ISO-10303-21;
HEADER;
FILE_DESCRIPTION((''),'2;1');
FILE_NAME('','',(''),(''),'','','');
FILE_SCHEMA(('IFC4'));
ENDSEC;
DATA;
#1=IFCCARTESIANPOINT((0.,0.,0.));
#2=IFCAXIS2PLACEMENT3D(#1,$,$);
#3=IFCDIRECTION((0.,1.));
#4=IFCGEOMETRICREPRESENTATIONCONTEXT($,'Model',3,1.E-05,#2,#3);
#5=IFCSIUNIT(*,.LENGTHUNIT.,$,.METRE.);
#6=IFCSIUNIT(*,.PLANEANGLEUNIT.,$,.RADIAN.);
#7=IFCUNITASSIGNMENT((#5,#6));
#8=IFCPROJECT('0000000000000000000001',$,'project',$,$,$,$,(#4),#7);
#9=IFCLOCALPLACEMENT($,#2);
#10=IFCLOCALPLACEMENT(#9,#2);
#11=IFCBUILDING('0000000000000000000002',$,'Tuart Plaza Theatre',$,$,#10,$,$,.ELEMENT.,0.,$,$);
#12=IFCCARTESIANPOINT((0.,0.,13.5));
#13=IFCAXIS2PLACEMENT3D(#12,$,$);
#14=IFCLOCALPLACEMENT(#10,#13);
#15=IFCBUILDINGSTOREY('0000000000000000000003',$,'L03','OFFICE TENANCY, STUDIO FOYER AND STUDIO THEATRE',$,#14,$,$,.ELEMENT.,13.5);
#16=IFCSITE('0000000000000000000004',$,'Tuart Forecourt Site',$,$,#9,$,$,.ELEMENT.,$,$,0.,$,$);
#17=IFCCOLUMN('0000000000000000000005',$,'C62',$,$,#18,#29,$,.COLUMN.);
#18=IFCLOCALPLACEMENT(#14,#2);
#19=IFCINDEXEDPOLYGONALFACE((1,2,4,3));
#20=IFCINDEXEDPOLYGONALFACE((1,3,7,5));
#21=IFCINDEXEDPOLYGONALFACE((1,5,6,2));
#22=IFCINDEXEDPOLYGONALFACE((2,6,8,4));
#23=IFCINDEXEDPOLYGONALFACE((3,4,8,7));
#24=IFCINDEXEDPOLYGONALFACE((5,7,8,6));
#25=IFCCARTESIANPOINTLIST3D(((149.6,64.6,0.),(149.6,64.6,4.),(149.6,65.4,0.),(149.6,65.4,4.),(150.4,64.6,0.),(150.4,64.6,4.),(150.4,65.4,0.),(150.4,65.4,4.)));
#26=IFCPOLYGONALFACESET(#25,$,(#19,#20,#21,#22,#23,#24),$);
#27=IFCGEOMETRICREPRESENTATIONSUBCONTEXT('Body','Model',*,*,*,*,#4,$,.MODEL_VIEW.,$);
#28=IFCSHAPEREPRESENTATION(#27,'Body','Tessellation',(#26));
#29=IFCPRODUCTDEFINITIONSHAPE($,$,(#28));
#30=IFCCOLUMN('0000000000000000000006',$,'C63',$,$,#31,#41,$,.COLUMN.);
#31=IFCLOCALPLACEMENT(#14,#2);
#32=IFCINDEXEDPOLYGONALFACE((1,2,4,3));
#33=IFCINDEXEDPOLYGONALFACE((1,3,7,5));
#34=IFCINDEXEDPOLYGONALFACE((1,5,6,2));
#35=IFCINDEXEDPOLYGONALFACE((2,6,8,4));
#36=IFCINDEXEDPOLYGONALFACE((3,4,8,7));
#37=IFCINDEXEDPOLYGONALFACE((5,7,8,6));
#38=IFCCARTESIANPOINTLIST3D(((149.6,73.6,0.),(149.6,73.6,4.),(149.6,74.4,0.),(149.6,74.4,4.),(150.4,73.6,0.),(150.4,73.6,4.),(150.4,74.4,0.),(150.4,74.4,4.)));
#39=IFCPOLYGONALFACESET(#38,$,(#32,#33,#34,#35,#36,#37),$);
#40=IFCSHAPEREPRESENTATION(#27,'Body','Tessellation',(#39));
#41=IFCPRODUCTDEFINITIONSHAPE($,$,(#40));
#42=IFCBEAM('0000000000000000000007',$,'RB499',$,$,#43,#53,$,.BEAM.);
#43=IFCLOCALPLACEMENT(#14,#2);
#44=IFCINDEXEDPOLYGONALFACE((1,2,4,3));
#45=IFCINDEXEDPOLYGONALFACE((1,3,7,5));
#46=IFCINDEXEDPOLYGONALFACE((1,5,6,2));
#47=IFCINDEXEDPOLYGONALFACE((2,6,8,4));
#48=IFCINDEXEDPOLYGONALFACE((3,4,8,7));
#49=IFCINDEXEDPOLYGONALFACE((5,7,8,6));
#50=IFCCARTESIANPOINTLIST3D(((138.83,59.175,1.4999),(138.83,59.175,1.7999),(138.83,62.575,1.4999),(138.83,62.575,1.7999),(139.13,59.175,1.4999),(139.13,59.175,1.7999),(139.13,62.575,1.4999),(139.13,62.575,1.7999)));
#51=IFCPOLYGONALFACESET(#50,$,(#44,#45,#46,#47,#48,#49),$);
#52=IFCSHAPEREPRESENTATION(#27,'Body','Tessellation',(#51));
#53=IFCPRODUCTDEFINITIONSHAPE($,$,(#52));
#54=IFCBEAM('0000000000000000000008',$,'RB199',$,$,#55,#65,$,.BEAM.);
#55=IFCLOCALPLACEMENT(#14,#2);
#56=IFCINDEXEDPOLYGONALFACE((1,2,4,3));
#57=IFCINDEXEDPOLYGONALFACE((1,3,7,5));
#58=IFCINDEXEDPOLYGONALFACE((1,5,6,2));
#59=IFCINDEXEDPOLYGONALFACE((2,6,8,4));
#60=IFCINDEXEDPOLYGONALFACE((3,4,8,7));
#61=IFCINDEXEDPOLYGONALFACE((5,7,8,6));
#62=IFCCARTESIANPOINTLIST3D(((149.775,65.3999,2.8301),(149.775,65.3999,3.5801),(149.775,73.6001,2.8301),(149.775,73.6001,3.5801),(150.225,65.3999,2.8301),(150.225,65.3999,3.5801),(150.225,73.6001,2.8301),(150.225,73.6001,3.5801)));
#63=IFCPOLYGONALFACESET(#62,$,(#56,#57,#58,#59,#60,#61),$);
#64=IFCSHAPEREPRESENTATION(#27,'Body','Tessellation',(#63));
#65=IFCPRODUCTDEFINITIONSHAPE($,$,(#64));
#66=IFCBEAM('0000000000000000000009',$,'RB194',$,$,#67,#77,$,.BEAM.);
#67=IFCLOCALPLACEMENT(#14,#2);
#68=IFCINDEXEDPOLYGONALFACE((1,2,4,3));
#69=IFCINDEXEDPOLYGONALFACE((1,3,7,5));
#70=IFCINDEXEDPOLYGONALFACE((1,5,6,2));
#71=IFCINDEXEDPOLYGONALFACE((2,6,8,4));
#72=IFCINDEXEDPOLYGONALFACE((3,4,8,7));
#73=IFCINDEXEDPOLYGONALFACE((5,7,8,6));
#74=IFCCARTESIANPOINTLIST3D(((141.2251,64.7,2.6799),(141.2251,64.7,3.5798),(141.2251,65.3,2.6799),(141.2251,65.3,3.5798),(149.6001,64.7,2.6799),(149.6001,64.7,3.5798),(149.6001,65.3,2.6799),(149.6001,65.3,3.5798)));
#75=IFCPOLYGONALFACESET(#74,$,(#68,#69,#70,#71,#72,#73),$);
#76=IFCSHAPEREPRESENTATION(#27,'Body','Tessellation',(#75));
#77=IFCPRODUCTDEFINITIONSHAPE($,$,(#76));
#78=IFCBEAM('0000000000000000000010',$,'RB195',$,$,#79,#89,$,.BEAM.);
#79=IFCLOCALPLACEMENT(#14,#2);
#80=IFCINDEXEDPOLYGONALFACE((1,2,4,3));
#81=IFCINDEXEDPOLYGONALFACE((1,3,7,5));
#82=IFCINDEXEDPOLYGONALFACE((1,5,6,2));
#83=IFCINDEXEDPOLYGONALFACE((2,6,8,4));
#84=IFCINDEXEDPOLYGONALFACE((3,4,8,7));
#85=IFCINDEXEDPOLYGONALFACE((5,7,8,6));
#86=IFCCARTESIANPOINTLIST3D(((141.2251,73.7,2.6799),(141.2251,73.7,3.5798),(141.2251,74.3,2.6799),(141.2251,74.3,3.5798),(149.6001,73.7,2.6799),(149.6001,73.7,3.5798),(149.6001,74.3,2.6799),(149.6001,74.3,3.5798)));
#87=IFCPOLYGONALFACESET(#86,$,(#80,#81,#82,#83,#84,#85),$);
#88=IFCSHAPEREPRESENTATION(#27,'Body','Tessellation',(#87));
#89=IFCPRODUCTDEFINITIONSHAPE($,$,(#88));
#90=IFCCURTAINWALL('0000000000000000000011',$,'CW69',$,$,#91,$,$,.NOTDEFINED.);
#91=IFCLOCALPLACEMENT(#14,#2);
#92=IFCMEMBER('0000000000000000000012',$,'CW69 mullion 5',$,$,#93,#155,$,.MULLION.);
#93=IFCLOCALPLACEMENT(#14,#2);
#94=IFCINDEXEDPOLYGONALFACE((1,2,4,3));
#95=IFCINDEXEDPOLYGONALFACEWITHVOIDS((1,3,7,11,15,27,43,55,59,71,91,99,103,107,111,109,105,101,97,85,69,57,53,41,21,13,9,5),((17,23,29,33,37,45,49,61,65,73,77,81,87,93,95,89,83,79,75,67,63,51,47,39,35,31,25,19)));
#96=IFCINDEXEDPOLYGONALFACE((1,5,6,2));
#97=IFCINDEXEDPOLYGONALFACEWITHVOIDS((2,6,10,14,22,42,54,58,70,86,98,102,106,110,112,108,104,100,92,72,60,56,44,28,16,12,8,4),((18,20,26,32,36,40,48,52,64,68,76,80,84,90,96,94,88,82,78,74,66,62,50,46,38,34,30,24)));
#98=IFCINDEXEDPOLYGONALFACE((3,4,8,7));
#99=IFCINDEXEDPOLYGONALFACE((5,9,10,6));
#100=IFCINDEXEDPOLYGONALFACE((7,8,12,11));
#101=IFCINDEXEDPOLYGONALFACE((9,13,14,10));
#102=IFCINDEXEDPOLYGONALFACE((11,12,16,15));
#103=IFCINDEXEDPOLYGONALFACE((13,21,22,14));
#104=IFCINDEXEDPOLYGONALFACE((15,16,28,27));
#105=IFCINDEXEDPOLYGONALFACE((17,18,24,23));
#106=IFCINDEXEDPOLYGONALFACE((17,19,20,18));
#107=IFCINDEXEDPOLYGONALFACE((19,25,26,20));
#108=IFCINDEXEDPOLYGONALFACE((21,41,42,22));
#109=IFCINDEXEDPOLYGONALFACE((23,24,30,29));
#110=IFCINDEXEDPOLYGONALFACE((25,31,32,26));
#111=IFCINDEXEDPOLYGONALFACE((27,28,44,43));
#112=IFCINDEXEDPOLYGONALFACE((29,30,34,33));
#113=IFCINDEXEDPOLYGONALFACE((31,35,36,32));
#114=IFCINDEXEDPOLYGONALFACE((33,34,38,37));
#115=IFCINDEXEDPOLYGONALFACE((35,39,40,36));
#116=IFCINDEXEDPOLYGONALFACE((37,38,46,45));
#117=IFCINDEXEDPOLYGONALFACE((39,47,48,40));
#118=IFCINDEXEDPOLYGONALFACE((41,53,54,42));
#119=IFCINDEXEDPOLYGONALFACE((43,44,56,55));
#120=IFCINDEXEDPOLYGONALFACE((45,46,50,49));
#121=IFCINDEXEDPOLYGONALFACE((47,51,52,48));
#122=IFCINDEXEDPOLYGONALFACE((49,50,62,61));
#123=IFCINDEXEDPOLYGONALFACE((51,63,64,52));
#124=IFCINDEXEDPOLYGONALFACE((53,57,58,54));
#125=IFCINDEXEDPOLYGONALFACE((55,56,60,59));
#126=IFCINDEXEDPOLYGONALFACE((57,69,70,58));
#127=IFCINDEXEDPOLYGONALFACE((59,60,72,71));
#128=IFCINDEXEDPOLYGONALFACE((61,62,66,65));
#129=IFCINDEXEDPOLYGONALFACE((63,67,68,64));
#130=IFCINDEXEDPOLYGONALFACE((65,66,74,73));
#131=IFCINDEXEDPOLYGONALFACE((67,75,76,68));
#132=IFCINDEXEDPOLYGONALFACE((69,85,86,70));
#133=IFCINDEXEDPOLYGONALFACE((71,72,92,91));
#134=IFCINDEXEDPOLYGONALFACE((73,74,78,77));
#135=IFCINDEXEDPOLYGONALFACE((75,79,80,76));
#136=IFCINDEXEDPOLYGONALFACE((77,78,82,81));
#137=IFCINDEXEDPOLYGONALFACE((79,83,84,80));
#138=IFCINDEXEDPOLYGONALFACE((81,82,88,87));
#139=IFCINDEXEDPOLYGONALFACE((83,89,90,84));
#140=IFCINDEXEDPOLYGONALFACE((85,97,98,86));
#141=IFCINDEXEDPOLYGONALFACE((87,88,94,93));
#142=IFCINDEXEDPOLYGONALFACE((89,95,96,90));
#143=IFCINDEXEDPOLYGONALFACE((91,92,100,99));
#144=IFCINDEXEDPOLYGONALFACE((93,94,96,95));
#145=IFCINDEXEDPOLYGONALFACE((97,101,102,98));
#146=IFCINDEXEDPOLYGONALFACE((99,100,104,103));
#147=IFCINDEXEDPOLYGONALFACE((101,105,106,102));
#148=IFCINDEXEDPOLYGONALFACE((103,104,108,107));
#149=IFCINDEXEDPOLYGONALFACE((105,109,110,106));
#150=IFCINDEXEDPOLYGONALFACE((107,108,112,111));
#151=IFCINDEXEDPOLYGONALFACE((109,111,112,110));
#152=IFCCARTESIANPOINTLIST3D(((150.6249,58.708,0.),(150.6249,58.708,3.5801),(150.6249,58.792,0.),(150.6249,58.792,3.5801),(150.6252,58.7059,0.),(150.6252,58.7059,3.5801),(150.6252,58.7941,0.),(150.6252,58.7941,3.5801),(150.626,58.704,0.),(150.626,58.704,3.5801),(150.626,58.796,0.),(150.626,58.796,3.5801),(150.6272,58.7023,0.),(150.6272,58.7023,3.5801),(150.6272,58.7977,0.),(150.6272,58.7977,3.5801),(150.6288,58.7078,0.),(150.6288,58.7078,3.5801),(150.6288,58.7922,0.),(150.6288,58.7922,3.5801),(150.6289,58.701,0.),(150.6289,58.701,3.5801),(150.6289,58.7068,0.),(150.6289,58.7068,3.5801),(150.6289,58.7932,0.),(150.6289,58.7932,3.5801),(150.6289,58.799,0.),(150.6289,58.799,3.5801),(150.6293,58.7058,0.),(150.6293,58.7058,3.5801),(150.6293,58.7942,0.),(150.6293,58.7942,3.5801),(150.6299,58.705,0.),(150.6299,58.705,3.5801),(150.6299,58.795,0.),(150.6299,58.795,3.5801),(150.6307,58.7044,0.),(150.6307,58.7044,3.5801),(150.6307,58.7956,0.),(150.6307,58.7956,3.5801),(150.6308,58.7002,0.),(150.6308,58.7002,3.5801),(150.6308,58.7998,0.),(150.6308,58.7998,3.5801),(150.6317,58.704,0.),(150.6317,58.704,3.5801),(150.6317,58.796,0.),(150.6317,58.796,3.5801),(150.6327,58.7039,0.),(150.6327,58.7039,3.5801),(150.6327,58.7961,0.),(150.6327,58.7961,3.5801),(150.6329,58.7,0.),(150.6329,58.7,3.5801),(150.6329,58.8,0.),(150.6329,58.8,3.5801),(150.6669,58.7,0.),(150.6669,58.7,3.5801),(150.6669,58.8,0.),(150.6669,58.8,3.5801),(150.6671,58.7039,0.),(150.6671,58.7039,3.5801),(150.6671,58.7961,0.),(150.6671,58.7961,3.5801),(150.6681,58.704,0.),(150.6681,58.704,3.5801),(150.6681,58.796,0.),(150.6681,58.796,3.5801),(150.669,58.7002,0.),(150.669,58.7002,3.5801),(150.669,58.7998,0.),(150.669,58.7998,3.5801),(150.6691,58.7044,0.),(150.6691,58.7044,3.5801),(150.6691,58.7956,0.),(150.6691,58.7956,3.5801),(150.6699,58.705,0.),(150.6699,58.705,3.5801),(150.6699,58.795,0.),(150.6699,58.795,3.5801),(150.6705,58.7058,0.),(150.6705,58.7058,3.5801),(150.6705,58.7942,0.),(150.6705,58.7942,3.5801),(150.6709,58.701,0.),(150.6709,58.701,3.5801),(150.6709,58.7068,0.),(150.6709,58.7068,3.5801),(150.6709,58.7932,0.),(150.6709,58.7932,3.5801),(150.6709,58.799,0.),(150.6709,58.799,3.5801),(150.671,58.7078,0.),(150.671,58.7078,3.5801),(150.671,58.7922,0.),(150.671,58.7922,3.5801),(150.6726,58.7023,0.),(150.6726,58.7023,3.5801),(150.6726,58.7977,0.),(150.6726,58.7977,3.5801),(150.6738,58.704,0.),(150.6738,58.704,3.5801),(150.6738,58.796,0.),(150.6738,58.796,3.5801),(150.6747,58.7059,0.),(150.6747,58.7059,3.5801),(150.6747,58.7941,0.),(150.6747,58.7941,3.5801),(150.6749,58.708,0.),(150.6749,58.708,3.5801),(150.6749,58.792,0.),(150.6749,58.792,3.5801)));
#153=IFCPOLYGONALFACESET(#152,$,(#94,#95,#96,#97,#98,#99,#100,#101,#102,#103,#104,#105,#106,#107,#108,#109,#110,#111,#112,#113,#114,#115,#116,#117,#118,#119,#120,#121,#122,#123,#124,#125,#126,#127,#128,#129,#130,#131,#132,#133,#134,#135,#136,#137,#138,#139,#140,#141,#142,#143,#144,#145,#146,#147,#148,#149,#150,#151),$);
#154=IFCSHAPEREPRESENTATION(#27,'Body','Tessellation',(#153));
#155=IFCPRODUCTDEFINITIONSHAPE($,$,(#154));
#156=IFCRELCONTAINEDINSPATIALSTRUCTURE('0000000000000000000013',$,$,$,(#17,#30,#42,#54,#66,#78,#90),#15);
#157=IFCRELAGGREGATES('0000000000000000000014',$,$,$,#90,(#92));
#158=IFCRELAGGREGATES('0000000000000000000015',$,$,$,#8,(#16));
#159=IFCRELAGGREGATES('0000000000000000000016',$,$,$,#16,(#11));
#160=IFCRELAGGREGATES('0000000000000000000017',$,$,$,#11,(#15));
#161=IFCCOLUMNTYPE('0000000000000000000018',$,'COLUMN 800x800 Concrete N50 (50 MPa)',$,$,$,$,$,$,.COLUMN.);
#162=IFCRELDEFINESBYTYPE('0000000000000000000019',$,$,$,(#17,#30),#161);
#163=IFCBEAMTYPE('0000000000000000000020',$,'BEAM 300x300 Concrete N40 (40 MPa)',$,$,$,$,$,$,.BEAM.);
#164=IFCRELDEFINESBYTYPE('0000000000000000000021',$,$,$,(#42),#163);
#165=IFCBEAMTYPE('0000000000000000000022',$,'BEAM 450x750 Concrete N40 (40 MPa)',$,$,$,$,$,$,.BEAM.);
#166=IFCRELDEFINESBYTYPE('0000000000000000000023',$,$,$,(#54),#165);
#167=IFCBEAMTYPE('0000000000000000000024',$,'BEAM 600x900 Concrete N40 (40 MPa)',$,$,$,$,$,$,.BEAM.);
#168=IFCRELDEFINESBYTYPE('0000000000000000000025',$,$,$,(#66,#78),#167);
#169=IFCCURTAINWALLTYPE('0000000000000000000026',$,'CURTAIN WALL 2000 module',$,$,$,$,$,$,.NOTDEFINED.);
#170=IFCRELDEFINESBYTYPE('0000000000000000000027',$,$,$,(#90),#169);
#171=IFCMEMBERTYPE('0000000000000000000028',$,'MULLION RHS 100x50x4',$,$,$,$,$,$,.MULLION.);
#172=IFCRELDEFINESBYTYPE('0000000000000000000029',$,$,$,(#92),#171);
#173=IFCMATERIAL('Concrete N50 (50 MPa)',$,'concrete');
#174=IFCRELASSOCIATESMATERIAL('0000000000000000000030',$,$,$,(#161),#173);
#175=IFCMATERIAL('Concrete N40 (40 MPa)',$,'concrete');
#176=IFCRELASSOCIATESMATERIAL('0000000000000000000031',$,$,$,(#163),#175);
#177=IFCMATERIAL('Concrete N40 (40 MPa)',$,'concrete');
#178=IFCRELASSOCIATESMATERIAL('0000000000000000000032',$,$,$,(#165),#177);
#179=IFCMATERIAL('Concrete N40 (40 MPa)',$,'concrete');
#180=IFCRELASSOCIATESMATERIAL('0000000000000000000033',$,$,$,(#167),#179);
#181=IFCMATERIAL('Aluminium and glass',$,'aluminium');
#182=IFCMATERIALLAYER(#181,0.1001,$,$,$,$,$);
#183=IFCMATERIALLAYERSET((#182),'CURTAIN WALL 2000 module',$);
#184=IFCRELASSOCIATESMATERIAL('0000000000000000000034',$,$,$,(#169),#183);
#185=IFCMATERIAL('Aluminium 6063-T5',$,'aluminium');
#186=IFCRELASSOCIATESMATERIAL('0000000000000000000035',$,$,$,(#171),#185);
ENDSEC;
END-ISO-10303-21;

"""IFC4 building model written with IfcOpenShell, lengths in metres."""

from ifc_helpers import new_model, si_unit, direction, frame, origin, origin_2d, place, context, subcontext, project, spatial, rectangle, hollow_rectangle, extrude, material, layer, layer_set, material_profile, profile_set, type_object, element, aggregate, save


model = new_model("IFC4")

# Units and contexts
model_context = context("Model", 3, precision=1e-05, world=origin(), true_north=direction((0.0, 1.0)))
body_context = subcontext(model_context, "Body", "Model", "MODEL_VIEW")
ifc_project = project(units=[si_unit("LENGTHUNIT", "METRE"), si_unit("PLANEANGLEUNIT", "RADIAN")], contexts=[model_context])

# Site, building, storey
site_placement = place(None, origin())
site = spatial("IfcSite", under=ifc_project, at=site_placement, Name="Tuart Forecourt Site", CompositionType="ELEMENT", RefElevation=0.0)
building_placement = place(site_placement, origin())
building = spatial("IfcBuilding", under=site, at=building_placement, Name="Tuart Plaza Theatre", CompositionType="ELEMENT", ElevationOfRefHeight=0.0)
storey_placement = place(building_placement, frame((0.0, 0.0, 13.5)))
storey = spatial("IfcBuildingStorey", under=building, at=storey_placement, Name="L03", Description="OFFICE TENANCY, STUDIO FOYER AND STUDIO THEATRE", CompositionType="ELEMENT", Elevation=13.5)

# Columns
ifc_material_1 = material(Name="Concrete N50 (50 MPa)", Category="concrete")
ifc_material_profile_1 = material_profile(ifc_material_1, rectangle(XDim=0.8, YDim=0.8, at=origin_2d()), Name="COLUMN 800x800 Concrete N50 (50 MPa)")
ifc_profile_set_1 = profile_set([ifc_material_profile_1], Name="Concrete N50 (50 MPa)")
column_type = type_object("IfcColumnType", Name="COLUMN 800x800 Concrete N50 (50 MPa)", PredefinedType="COLUMN", material=ifc_profile_set_1)
for number, where, z_axis, x_axis, name in (
    (1, (150.0, 65.0, 0.0), (0.0, 0.0, 1.0), (1.0, 0.0, 0.0), "C62"),
    (2, (150.0, 74.0, 0.0), (0.0, 0.0, 1.0), (1.0, 0.0, 0.0), "C63"),
):
    element("IfcColumn", number, at=place(storey_placement, frame(where, z_axis=z_axis, x_axis=x_axis)), inside=storey, type_object=column_type, Name=name, PredefinedType="COLUMN", context=body_context, shape_type="SweptSolid", body=[
        extrude(rectangle(XDim=0.8, YDim=0.8, at=origin_2d()), origin(), (0.0, 0.0, 1.0), 4.0),
    ])

# Beams
ifc_material_2 = material(Name="Concrete N40 (40 MPa)", Category="concrete")
ifc_material_profile_2 = material_profile(ifc_material_2, rectangle(XDim=0.3, YDim=0.3, at=origin_2d()), Name="BEAM 300x300 Concrete N40 (40 MPa)")
ifc_profile_set_2 = profile_set([ifc_material_profile_2], Name="Concrete N40 (40 MPa)")
beam_type_1 = type_object("IfcBeamType", Name="BEAM 300x300 Concrete N40 (40 MPa)", PredefinedType="BEAM", material=ifc_profile_set_2)
beam_1_placement = place(storey_placement, frame((138.98, 59.175, 1.6499), z_axis=(0.0, 1.0, 0.0), x_axis=(-1.0, 0.0, 0.0)))
element("IfcBeam", 3, at=beam_1_placement, inside=storey, type_object=beam_type_1, Name="RB499", PredefinedType="BEAM", context=body_context, shape_type="SweptSolid", body=[
    extrude(rectangle(XDim=0.3, YDim=0.3, at=origin_2d()), origin(), (0.0, 0.0, 1.0), 3.3999),
])
ifc_material_3 = material(Name="Concrete N40 (40 MPa)", Category="concrete")
ifc_material_profile_3 = material_profile(ifc_material_3, rectangle(XDim=0.45, YDim=0.75, at=origin_2d()), Name="BEAM 450x750 Concrete N40 (40 MPa)")
ifc_profile_set_3 = profile_set([ifc_material_profile_3], Name="Concrete N40 (40 MPa)")
beam_type_2 = type_object("IfcBeamType", Name="BEAM 450x750 Concrete N40 (40 MPa)", PredefinedType="BEAM", material=ifc_profile_set_3)
beam_2_placement = place(storey_placement, frame((150.0, 65.3999, 3.2051), z_axis=(0.0, 1.0, 0.0), x_axis=(-1.0, 0.0, 0.0)))
element("IfcBeam", 4, at=beam_2_placement, inside=storey, type_object=beam_type_2, Name="RB199", PredefinedType="BEAM", context=body_context, shape_type="SweptSolid", body=[
    extrude(rectangle(XDim=0.45, YDim=0.75, at=origin_2d()), origin(), (0.0, 0.0, 1.0), 8.2002),
])
ifc_material_4 = material(Name="Concrete N40 (40 MPa)", Category="concrete")
ifc_material_profile_4 = material_profile(ifc_material_4, rectangle(XDim=0.6001, YDim=0.8999, at=origin_2d()), Name="BEAM 600x900 Concrete N40 (40 MPa)")
ifc_profile_set_4 = profile_set([ifc_material_profile_4], Name="Concrete N40 (40 MPa)")
beam_type_3 = type_object("IfcBeamType", Name="BEAM 600x900 Concrete N40 (40 MPa)", PredefinedType="BEAM", material=ifc_profile_set_4)
for number, where, z_axis, x_axis, name in (
    (5, (141.2251, 65.0, 3.1299), (1.0, 0.0, 0.0), (0.0, 1.0, 0.0), "RB194"),
    (6, (141.2251, 74.0, 3.1299), (1.0, 0.0, 0.0), (0.0, 1.0, 0.0), "RB195"),
):
    element("IfcBeam", number, at=place(storey_placement, frame(where, z_axis=z_axis, x_axis=x_axis)), inside=storey, type_object=beam_type_3, Name=name, PredefinedType="BEAM", context=body_context, shape_type="SweptSolid", body=[
        extrude(rectangle(XDim=0.6001, YDim=0.8999, at=origin_2d()), origin(), (0.0, 0.0, 1.0), 8.375),
    ])

# Curtain wall, member
ifc_material_5 = material(Name="Aluminium and glass", Category="aluminium")
ifc_layer_1 = layer(ifc_material_5, 0.1001)
ifc_layer_set_1 = layer_set([ifc_layer_1], Name="CURTAIN WALL 2000 module")
curtain_wall_type = type_object("IfcCurtainWallType", Name="CURTAIN WALL 2000 module", PredefinedType="NOTDEFINED", material=ifc_layer_set_1)
curtain_wall_placement = place(storey_placement, origin())
curtain_wall = element("IfcCurtainWall", 7, at=curtain_wall_placement, inside=storey, type_object=curtain_wall_type, Name="CW69", PredefinedType="NOTDEFINED")
ifc_material_6 = material(Name="Aluminium 6063-T5", Category="aluminium")
ifc_material_profile_5 = material_profile(ifc_material_6, hollow_rectangle(XDim=0.05, YDim=0.1001, WallThickness=0.0039, InnerFilletRadius=0.0039, OuterFilletRadius=0.0081, at=origin_2d()), Name="RHS 100x50x4")
ifc_profile_set_5 = profile_set([ifc_material_profile_5], Name="Aluminium 6063-T5")
member_type_1 = type_object("IfcMemberType", Name="MULLION RHS 100x50x4", PredefinedType="MULLION", material=ifc_profile_set_5)
member_1_placement = place(storey_placement, frame((150.6499, 58.75, 0.0), z_axis=(0.0, 0.0, 1.0), x_axis=(-1.0, 0.0, 0.0)))
member_1 = element("IfcMember", 8, at=member_1_placement, type_object=member_type_1, Name="CW69 mullion 5", PredefinedType="MULLION", context=body_context, shape_type="SweptSolid", body=[
    extrude(hollow_rectangle(XDim=0.05, YDim=0.1001, WallThickness=0.0039, InnerFilletRadius=0.0039, OuterFilletRadius=0.0081, at=origin_2d()), origin(), (0.0, 0.0, 1.0), 3.5801),
])
aggregate(curtain_wall, [member_1])

save(model, "model.ifc")
